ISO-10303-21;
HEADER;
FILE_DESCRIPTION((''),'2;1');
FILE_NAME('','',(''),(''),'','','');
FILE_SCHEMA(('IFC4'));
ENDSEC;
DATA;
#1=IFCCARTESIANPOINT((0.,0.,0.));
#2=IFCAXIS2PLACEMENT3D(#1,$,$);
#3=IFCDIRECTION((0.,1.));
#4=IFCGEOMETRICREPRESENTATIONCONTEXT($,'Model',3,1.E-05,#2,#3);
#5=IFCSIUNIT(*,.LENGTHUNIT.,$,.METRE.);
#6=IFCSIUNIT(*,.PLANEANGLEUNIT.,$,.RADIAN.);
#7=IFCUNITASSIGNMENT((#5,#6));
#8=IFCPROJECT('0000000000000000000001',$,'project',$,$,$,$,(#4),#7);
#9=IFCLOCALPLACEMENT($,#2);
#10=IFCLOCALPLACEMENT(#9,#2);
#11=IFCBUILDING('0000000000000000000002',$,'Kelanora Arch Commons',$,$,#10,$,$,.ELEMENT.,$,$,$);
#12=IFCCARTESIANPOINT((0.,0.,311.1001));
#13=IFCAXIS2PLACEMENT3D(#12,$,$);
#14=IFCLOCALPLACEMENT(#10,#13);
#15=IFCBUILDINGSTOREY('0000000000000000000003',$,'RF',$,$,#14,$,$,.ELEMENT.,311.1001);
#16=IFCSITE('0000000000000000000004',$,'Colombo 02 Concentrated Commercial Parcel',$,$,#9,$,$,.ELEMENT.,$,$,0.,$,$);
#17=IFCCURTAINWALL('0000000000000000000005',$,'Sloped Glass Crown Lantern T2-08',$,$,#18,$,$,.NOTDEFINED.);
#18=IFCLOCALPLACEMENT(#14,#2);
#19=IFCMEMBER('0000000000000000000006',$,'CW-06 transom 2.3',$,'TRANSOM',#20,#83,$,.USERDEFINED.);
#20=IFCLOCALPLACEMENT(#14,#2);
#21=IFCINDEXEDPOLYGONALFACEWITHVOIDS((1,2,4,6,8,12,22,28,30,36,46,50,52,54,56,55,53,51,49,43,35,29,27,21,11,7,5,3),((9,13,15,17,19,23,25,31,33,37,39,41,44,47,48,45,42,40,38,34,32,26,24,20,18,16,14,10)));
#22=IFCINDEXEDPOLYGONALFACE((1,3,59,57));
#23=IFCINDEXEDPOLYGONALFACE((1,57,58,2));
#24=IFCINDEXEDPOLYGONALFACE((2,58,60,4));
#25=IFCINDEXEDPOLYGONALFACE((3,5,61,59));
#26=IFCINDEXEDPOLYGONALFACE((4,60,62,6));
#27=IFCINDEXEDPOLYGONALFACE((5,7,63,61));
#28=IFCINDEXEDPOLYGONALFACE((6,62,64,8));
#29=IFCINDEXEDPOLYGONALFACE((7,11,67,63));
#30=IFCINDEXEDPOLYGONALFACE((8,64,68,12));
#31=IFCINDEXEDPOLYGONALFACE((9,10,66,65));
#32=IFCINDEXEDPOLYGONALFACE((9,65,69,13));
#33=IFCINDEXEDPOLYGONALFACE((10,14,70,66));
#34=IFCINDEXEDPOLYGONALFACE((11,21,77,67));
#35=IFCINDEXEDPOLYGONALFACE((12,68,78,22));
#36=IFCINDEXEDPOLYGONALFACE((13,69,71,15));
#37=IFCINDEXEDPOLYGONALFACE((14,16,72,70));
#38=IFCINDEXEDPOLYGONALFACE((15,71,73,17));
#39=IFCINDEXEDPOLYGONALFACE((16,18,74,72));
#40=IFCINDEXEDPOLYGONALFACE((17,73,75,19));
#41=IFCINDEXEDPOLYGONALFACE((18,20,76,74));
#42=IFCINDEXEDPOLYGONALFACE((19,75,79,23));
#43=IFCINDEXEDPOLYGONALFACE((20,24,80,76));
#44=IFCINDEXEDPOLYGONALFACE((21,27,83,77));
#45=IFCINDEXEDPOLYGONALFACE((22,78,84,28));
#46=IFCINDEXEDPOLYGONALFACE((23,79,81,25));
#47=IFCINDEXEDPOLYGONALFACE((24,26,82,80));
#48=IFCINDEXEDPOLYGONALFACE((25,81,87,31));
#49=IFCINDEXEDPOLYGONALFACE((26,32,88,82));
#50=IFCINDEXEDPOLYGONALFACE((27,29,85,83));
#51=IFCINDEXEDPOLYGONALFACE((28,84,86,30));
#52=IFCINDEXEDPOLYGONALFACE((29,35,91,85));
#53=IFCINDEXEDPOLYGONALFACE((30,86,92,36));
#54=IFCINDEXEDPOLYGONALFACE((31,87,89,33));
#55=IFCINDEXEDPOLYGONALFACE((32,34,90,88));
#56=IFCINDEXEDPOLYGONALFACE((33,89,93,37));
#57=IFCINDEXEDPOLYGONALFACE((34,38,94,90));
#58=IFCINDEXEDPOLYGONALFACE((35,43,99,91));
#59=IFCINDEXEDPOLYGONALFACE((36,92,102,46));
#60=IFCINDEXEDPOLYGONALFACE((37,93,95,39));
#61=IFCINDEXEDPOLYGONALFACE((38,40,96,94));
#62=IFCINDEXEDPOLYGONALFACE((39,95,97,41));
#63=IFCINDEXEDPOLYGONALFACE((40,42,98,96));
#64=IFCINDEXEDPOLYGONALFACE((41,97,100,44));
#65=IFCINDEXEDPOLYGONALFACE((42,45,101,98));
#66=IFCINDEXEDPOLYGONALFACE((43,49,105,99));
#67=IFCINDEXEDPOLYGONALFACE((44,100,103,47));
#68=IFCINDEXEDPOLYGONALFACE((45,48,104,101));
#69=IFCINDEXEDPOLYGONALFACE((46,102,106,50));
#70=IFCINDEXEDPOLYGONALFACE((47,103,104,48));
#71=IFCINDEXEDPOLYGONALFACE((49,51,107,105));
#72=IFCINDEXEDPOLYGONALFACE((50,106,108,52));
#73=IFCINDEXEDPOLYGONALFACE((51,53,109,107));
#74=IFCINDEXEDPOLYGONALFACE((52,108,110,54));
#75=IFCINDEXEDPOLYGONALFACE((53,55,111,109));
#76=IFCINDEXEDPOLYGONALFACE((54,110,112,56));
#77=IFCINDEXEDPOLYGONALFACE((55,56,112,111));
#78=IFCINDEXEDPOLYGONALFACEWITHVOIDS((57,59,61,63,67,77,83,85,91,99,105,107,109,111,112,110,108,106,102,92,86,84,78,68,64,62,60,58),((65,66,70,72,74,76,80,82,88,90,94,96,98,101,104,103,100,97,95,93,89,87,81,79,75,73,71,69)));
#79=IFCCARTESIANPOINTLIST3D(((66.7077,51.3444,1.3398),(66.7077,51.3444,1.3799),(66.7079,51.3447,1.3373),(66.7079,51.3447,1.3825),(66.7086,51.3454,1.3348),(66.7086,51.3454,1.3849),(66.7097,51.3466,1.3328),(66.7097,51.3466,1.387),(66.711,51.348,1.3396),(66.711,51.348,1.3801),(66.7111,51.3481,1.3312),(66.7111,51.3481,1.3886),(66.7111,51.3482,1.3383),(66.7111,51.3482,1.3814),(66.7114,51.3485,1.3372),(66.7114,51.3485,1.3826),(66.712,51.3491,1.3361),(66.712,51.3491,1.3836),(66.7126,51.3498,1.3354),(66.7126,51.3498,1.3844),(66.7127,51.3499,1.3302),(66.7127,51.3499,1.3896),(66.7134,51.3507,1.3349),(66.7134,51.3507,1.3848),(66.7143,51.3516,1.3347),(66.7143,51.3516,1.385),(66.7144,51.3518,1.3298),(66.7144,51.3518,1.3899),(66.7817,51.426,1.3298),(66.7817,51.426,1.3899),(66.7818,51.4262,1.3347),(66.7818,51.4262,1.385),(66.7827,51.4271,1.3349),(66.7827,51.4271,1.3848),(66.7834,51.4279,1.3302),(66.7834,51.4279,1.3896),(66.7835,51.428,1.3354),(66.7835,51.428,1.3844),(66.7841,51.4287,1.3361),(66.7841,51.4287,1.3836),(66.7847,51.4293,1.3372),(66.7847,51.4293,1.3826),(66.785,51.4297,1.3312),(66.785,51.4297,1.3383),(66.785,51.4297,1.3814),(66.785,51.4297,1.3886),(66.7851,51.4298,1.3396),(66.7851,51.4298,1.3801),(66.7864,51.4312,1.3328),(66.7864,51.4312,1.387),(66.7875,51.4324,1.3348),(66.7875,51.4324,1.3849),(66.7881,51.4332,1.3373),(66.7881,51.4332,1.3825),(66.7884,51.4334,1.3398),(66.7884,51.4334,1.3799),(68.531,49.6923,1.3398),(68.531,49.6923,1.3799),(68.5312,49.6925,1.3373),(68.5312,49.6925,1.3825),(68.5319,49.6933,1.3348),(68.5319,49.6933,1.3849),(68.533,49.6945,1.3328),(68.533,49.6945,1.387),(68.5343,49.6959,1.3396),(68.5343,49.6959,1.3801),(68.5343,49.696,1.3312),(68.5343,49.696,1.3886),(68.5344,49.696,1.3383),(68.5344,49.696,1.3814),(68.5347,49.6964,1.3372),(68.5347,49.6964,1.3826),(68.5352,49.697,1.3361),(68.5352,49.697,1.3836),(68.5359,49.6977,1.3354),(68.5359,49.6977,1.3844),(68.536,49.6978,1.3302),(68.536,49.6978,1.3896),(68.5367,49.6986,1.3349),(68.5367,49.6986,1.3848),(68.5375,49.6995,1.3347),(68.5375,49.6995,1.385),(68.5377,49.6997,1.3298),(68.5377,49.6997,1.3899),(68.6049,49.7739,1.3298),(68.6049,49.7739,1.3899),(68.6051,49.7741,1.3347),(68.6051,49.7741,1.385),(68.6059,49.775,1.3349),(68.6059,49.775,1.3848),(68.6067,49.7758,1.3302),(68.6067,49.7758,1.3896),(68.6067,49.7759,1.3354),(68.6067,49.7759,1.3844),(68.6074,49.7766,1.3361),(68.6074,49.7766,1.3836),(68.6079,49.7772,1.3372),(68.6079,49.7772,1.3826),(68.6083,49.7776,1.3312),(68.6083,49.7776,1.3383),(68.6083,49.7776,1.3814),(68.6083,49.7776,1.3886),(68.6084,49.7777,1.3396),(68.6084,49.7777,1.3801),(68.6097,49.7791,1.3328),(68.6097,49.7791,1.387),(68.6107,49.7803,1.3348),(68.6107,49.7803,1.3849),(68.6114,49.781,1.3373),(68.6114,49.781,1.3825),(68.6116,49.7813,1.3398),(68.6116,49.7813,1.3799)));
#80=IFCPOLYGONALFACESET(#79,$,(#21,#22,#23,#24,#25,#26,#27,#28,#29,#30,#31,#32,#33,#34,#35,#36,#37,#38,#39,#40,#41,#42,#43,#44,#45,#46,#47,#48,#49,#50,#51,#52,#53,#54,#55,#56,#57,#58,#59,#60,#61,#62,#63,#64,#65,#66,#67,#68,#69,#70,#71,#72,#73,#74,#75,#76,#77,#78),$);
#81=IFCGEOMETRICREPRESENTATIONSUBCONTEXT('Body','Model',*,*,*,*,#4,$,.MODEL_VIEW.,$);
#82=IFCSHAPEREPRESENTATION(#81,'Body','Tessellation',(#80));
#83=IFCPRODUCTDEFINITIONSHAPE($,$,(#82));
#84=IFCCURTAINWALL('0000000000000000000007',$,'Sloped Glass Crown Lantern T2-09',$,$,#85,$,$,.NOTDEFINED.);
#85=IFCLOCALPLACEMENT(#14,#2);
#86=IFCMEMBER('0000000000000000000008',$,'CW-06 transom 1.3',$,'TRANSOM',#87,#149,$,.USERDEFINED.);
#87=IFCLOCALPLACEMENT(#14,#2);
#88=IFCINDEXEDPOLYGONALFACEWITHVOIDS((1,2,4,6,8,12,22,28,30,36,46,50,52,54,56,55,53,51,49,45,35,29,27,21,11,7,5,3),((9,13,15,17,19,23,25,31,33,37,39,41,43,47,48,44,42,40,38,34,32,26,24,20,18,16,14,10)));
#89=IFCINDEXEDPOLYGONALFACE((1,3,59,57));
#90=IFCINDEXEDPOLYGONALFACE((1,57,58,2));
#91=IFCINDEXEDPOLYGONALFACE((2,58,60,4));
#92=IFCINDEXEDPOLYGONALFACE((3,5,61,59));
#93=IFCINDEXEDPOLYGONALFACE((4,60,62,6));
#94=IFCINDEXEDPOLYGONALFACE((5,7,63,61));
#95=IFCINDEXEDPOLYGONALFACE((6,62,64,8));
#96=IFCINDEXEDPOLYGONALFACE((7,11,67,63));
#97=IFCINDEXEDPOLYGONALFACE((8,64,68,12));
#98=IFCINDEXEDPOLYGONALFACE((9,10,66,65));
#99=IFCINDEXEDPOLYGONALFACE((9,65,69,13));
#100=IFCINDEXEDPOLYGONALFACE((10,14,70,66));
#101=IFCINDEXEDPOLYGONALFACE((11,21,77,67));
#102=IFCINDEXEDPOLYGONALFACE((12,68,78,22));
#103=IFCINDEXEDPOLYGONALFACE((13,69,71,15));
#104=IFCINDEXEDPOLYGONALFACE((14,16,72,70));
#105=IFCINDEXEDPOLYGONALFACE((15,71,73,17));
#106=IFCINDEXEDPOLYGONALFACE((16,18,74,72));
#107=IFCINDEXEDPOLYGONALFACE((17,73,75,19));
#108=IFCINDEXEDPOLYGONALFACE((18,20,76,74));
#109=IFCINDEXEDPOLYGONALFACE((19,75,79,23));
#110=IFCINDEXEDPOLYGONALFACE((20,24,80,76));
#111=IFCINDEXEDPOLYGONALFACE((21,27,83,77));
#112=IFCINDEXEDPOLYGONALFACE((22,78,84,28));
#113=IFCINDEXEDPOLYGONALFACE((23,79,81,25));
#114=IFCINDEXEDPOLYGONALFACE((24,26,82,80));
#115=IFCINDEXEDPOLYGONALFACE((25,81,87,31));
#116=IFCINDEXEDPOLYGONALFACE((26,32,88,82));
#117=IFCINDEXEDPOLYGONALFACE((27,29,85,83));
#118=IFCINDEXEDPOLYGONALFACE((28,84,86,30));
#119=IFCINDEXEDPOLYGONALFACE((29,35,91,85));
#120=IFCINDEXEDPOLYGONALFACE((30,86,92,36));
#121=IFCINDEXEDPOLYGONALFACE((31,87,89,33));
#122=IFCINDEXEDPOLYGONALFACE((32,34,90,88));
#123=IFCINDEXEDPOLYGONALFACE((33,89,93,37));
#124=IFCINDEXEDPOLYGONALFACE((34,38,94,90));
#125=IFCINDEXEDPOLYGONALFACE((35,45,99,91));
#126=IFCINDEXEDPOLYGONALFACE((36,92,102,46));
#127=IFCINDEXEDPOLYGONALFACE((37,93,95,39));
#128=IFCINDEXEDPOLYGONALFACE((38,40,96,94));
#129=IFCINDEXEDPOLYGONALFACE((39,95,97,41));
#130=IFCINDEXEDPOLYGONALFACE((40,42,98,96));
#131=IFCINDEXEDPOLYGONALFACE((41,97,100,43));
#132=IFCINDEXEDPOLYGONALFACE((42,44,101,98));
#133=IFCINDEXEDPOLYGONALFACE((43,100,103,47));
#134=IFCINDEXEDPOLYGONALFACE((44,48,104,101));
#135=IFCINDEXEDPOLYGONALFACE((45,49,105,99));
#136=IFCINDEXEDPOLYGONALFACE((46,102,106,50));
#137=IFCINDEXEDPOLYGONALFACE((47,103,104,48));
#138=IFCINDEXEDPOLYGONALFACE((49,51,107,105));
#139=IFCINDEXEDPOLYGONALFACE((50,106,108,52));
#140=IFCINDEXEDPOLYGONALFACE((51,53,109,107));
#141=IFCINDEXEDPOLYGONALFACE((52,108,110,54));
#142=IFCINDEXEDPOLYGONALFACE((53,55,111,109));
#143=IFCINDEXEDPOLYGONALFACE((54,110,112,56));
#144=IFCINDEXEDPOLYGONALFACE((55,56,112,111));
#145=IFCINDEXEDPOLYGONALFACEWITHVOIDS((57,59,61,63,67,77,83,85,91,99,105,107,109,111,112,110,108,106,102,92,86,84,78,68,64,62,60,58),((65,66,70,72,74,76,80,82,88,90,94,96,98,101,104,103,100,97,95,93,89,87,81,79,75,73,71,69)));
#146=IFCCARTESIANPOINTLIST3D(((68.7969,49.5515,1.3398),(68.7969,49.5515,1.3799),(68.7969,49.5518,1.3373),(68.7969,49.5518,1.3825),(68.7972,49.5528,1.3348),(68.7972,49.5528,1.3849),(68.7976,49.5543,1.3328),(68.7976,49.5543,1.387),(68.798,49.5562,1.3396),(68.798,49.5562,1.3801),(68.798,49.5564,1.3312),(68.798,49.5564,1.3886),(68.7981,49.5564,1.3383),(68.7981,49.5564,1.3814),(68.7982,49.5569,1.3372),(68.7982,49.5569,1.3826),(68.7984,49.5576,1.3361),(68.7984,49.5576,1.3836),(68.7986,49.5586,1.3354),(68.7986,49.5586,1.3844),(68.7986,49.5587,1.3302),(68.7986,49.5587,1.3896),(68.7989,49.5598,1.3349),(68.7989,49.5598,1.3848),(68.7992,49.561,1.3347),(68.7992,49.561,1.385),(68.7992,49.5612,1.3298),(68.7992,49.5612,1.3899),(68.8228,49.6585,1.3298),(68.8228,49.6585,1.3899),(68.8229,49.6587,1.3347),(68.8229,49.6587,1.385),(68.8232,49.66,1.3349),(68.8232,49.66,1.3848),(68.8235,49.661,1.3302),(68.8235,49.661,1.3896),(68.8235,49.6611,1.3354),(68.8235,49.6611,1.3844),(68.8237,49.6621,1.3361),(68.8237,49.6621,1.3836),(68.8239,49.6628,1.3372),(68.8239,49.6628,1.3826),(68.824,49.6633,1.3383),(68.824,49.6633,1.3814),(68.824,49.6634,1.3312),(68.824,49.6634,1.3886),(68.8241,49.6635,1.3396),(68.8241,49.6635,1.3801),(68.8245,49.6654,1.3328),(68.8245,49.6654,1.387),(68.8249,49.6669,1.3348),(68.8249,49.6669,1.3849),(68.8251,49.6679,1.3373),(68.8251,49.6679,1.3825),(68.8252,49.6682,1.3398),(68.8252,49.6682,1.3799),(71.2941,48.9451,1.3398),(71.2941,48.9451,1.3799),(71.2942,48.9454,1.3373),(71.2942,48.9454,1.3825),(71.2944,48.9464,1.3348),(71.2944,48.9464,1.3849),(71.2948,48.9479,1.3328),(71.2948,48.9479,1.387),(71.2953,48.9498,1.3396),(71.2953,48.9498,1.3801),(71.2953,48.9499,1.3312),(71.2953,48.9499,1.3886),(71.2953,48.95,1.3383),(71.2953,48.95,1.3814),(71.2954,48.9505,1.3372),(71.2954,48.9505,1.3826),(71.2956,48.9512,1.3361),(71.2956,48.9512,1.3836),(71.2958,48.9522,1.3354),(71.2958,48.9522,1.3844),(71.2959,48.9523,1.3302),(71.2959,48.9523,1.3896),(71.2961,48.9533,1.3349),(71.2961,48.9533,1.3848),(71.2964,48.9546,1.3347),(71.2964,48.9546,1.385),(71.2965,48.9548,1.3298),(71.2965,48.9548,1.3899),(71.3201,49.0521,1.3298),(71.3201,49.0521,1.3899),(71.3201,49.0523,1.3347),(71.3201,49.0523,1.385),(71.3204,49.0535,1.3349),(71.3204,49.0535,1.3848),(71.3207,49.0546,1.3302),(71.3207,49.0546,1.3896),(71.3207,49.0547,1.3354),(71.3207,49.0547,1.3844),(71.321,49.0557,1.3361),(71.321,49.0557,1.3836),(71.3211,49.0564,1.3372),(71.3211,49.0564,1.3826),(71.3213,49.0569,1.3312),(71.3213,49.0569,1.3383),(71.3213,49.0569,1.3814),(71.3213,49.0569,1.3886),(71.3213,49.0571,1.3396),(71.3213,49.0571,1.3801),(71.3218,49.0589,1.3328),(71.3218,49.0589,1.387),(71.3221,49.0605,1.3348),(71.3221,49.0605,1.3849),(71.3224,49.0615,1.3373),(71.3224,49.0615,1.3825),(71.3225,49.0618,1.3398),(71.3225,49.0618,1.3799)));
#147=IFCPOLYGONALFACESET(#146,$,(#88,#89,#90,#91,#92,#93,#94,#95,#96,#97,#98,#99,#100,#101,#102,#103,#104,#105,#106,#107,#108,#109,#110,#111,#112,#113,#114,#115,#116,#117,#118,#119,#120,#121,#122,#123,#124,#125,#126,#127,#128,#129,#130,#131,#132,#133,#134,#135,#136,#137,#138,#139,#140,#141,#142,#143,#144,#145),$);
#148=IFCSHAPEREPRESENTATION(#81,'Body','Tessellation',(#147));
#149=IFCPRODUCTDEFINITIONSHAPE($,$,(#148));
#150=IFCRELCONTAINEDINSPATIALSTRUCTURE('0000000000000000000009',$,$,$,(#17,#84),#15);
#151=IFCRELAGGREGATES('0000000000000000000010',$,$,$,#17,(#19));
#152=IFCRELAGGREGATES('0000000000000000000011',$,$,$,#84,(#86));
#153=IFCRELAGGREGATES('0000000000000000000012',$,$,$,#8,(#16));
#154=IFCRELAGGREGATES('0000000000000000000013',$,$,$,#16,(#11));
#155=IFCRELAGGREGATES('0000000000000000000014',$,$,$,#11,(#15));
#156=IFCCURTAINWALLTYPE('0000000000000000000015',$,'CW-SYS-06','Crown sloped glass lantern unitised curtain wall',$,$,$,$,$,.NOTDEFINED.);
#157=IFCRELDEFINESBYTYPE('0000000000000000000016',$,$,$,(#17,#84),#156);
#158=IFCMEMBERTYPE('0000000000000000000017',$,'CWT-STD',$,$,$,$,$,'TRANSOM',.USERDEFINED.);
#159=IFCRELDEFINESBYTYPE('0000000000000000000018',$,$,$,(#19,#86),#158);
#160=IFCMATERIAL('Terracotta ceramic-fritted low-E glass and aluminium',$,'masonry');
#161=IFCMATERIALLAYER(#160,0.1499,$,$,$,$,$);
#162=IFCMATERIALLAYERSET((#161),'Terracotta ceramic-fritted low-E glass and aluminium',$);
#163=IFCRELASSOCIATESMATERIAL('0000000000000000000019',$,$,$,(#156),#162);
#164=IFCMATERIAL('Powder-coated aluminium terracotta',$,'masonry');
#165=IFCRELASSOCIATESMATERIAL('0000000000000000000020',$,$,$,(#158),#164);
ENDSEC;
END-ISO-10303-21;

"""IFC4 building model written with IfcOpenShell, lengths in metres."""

from ifc_helpers import new_model, si_unit, direction, frame, origin, origin_2d, place, context, subcontext, project, spatial, hollow_rectangle, extrude, material, layer, layer_set, material_profile, profile_set, type_object, element, aggregate, save


model = new_model("IFC4")

# Units and contexts
model_context = context("Model", 3, precision=1e-05, world=origin(), true_north=direction((0.0, 1.0)))
body_context = subcontext(model_context, "Body", "Model", "MODEL_VIEW")
ifc_project = project(units=[si_unit("LENGTHUNIT", "METRE"), si_unit("PLANEANGLEUNIT", "RADIAN")], contexts=[model_context])

# Site, building, storey
site_placement = place(None, origin())
site = spatial("IfcSite", under=ifc_project, at=site_placement, Name="Colombo 02 Concentrated Commercial Parcel", CompositionType="ELEMENT", RefElevation=0.0)
building_placement = place(site_placement, origin())
building = spatial("IfcBuilding", under=site, at=building_placement, Name="Kelanora Arch Commons", CompositionType="ELEMENT")
storey_placement = place(building_placement, frame((0.0, 0.0, 311.1001)))
storey = spatial("IfcBuildingStorey", under=building, at=storey_placement, Name="RF", CompositionType="ELEMENT", Elevation=311.1001)

# Shared definitions
ifc_material_1 = material(Name="Terracotta ceramic-fritted low-E glass and aluminium", Category="masonry")
ifc_layer_1 = layer(ifc_material_1, 0.1499)
ifc_layer_set_1 = layer_set([ifc_layer_1], Name="Terracotta ceramic-fritted low-E glass and aluminium")
curtain_wall_type = type_object("IfcCurtainWallType", Name="CW-SYS-06", Description="Crown sloped glass lantern unitised curtain wall", PredefinedType="NOTDEFINED", material=ifc_layer_set_1)
ifc_material_2 = material(Name="Powder-coated aluminium terracotta", Category="masonry")
ifc_material_profile_1 = material_profile(ifc_material_2, hollow_rectangle(XDim=0.1201, YDim=0.0601, WallThickness=0.0049, InnerFilletRadius=0.0049, OuterFilletRadius=0.01, at=origin_2d()), Name="CWT120x60")
ifc_profile_set_1 = profile_set([ifc_material_profile_1], Name="Powder-coated aluminium terracotta")
member_type_1 = type_object("IfcMemberType", Name="CWT-STD", ElementType="TRANSOM", PredefinedType="USERDEFINED", material=ifc_profile_set_1)

# Curtain wall, member
curtain_wall_1_placement = place(storey_placement, origin())
curtain_wall_1 = element("IfcCurtainWall", 1, at=curtain_wall_1_placement, inside=storey, type_object=curtain_wall_type, Name="Sloped Glass Crown Lantern T2-08", PredefinedType="NOTDEFINED")
member_1_placement = place(storey_placement, frame((66.748, 51.3889, 1.3599), z_axis=(0.74103, -0.671472, 0.0), x_axis=(0.671472, 0.74103, 0.0)))
member_1 = element("IfcMember", 2, at=member_1_placement, type_object=member_type_1, Name="CW-06 transom 2.3", ObjectType="TRANSOM", PredefinedType="USERDEFINED", context=body_context, shape_type="SweptSolid", body=[
    extrude(hollow_rectangle(XDim=0.1201, YDim=0.0601, WallThickness=0.0049, InnerFilletRadius=0.0049, OuterFilletRadius=0.01, at=origin_2d()), origin(), (0.0, 0.0, 1.0), 2.4604),
])
aggregate(curtain_wall_1, [member_1])

# Curtain wall, member
curtain_wall_2_placement = place(storey_placement, origin())
curtain_wall_2 = element("IfcCurtainWall", 3, at=curtain_wall_2_placement, inside=storey, type_object=curtain_wall_type, Name="Sloped Glass Crown Lantern T2-09", PredefinedType="NOTDEFINED")
member_2_placement = place(storey_placement, frame((68.811, 49.6099, 1.3599), z_axis=(0.971758, -0.235981, 0.0), x_axis=(0.235981, 0.971758, 0.0)))
member_2 = element("IfcMember", 4, at=member_2_placement, type_object=member_type_1, Name="CW-06 transom 1.3", ObjectType="TRANSOM", PredefinedType="USERDEFINED", context=body_context, shape_type="SweptSolid", body=[
    extrude(hollow_rectangle(XDim=0.1201, YDim=0.0601, WallThickness=0.0049, InnerFilletRadius=0.0049, OuterFilletRadius=0.01, at=origin_2d()), origin(), (0.0, 0.0, 1.0), 2.5698),
])
aggregate(curtain_wall_2, [member_2])

save(model, "model.ifc")
